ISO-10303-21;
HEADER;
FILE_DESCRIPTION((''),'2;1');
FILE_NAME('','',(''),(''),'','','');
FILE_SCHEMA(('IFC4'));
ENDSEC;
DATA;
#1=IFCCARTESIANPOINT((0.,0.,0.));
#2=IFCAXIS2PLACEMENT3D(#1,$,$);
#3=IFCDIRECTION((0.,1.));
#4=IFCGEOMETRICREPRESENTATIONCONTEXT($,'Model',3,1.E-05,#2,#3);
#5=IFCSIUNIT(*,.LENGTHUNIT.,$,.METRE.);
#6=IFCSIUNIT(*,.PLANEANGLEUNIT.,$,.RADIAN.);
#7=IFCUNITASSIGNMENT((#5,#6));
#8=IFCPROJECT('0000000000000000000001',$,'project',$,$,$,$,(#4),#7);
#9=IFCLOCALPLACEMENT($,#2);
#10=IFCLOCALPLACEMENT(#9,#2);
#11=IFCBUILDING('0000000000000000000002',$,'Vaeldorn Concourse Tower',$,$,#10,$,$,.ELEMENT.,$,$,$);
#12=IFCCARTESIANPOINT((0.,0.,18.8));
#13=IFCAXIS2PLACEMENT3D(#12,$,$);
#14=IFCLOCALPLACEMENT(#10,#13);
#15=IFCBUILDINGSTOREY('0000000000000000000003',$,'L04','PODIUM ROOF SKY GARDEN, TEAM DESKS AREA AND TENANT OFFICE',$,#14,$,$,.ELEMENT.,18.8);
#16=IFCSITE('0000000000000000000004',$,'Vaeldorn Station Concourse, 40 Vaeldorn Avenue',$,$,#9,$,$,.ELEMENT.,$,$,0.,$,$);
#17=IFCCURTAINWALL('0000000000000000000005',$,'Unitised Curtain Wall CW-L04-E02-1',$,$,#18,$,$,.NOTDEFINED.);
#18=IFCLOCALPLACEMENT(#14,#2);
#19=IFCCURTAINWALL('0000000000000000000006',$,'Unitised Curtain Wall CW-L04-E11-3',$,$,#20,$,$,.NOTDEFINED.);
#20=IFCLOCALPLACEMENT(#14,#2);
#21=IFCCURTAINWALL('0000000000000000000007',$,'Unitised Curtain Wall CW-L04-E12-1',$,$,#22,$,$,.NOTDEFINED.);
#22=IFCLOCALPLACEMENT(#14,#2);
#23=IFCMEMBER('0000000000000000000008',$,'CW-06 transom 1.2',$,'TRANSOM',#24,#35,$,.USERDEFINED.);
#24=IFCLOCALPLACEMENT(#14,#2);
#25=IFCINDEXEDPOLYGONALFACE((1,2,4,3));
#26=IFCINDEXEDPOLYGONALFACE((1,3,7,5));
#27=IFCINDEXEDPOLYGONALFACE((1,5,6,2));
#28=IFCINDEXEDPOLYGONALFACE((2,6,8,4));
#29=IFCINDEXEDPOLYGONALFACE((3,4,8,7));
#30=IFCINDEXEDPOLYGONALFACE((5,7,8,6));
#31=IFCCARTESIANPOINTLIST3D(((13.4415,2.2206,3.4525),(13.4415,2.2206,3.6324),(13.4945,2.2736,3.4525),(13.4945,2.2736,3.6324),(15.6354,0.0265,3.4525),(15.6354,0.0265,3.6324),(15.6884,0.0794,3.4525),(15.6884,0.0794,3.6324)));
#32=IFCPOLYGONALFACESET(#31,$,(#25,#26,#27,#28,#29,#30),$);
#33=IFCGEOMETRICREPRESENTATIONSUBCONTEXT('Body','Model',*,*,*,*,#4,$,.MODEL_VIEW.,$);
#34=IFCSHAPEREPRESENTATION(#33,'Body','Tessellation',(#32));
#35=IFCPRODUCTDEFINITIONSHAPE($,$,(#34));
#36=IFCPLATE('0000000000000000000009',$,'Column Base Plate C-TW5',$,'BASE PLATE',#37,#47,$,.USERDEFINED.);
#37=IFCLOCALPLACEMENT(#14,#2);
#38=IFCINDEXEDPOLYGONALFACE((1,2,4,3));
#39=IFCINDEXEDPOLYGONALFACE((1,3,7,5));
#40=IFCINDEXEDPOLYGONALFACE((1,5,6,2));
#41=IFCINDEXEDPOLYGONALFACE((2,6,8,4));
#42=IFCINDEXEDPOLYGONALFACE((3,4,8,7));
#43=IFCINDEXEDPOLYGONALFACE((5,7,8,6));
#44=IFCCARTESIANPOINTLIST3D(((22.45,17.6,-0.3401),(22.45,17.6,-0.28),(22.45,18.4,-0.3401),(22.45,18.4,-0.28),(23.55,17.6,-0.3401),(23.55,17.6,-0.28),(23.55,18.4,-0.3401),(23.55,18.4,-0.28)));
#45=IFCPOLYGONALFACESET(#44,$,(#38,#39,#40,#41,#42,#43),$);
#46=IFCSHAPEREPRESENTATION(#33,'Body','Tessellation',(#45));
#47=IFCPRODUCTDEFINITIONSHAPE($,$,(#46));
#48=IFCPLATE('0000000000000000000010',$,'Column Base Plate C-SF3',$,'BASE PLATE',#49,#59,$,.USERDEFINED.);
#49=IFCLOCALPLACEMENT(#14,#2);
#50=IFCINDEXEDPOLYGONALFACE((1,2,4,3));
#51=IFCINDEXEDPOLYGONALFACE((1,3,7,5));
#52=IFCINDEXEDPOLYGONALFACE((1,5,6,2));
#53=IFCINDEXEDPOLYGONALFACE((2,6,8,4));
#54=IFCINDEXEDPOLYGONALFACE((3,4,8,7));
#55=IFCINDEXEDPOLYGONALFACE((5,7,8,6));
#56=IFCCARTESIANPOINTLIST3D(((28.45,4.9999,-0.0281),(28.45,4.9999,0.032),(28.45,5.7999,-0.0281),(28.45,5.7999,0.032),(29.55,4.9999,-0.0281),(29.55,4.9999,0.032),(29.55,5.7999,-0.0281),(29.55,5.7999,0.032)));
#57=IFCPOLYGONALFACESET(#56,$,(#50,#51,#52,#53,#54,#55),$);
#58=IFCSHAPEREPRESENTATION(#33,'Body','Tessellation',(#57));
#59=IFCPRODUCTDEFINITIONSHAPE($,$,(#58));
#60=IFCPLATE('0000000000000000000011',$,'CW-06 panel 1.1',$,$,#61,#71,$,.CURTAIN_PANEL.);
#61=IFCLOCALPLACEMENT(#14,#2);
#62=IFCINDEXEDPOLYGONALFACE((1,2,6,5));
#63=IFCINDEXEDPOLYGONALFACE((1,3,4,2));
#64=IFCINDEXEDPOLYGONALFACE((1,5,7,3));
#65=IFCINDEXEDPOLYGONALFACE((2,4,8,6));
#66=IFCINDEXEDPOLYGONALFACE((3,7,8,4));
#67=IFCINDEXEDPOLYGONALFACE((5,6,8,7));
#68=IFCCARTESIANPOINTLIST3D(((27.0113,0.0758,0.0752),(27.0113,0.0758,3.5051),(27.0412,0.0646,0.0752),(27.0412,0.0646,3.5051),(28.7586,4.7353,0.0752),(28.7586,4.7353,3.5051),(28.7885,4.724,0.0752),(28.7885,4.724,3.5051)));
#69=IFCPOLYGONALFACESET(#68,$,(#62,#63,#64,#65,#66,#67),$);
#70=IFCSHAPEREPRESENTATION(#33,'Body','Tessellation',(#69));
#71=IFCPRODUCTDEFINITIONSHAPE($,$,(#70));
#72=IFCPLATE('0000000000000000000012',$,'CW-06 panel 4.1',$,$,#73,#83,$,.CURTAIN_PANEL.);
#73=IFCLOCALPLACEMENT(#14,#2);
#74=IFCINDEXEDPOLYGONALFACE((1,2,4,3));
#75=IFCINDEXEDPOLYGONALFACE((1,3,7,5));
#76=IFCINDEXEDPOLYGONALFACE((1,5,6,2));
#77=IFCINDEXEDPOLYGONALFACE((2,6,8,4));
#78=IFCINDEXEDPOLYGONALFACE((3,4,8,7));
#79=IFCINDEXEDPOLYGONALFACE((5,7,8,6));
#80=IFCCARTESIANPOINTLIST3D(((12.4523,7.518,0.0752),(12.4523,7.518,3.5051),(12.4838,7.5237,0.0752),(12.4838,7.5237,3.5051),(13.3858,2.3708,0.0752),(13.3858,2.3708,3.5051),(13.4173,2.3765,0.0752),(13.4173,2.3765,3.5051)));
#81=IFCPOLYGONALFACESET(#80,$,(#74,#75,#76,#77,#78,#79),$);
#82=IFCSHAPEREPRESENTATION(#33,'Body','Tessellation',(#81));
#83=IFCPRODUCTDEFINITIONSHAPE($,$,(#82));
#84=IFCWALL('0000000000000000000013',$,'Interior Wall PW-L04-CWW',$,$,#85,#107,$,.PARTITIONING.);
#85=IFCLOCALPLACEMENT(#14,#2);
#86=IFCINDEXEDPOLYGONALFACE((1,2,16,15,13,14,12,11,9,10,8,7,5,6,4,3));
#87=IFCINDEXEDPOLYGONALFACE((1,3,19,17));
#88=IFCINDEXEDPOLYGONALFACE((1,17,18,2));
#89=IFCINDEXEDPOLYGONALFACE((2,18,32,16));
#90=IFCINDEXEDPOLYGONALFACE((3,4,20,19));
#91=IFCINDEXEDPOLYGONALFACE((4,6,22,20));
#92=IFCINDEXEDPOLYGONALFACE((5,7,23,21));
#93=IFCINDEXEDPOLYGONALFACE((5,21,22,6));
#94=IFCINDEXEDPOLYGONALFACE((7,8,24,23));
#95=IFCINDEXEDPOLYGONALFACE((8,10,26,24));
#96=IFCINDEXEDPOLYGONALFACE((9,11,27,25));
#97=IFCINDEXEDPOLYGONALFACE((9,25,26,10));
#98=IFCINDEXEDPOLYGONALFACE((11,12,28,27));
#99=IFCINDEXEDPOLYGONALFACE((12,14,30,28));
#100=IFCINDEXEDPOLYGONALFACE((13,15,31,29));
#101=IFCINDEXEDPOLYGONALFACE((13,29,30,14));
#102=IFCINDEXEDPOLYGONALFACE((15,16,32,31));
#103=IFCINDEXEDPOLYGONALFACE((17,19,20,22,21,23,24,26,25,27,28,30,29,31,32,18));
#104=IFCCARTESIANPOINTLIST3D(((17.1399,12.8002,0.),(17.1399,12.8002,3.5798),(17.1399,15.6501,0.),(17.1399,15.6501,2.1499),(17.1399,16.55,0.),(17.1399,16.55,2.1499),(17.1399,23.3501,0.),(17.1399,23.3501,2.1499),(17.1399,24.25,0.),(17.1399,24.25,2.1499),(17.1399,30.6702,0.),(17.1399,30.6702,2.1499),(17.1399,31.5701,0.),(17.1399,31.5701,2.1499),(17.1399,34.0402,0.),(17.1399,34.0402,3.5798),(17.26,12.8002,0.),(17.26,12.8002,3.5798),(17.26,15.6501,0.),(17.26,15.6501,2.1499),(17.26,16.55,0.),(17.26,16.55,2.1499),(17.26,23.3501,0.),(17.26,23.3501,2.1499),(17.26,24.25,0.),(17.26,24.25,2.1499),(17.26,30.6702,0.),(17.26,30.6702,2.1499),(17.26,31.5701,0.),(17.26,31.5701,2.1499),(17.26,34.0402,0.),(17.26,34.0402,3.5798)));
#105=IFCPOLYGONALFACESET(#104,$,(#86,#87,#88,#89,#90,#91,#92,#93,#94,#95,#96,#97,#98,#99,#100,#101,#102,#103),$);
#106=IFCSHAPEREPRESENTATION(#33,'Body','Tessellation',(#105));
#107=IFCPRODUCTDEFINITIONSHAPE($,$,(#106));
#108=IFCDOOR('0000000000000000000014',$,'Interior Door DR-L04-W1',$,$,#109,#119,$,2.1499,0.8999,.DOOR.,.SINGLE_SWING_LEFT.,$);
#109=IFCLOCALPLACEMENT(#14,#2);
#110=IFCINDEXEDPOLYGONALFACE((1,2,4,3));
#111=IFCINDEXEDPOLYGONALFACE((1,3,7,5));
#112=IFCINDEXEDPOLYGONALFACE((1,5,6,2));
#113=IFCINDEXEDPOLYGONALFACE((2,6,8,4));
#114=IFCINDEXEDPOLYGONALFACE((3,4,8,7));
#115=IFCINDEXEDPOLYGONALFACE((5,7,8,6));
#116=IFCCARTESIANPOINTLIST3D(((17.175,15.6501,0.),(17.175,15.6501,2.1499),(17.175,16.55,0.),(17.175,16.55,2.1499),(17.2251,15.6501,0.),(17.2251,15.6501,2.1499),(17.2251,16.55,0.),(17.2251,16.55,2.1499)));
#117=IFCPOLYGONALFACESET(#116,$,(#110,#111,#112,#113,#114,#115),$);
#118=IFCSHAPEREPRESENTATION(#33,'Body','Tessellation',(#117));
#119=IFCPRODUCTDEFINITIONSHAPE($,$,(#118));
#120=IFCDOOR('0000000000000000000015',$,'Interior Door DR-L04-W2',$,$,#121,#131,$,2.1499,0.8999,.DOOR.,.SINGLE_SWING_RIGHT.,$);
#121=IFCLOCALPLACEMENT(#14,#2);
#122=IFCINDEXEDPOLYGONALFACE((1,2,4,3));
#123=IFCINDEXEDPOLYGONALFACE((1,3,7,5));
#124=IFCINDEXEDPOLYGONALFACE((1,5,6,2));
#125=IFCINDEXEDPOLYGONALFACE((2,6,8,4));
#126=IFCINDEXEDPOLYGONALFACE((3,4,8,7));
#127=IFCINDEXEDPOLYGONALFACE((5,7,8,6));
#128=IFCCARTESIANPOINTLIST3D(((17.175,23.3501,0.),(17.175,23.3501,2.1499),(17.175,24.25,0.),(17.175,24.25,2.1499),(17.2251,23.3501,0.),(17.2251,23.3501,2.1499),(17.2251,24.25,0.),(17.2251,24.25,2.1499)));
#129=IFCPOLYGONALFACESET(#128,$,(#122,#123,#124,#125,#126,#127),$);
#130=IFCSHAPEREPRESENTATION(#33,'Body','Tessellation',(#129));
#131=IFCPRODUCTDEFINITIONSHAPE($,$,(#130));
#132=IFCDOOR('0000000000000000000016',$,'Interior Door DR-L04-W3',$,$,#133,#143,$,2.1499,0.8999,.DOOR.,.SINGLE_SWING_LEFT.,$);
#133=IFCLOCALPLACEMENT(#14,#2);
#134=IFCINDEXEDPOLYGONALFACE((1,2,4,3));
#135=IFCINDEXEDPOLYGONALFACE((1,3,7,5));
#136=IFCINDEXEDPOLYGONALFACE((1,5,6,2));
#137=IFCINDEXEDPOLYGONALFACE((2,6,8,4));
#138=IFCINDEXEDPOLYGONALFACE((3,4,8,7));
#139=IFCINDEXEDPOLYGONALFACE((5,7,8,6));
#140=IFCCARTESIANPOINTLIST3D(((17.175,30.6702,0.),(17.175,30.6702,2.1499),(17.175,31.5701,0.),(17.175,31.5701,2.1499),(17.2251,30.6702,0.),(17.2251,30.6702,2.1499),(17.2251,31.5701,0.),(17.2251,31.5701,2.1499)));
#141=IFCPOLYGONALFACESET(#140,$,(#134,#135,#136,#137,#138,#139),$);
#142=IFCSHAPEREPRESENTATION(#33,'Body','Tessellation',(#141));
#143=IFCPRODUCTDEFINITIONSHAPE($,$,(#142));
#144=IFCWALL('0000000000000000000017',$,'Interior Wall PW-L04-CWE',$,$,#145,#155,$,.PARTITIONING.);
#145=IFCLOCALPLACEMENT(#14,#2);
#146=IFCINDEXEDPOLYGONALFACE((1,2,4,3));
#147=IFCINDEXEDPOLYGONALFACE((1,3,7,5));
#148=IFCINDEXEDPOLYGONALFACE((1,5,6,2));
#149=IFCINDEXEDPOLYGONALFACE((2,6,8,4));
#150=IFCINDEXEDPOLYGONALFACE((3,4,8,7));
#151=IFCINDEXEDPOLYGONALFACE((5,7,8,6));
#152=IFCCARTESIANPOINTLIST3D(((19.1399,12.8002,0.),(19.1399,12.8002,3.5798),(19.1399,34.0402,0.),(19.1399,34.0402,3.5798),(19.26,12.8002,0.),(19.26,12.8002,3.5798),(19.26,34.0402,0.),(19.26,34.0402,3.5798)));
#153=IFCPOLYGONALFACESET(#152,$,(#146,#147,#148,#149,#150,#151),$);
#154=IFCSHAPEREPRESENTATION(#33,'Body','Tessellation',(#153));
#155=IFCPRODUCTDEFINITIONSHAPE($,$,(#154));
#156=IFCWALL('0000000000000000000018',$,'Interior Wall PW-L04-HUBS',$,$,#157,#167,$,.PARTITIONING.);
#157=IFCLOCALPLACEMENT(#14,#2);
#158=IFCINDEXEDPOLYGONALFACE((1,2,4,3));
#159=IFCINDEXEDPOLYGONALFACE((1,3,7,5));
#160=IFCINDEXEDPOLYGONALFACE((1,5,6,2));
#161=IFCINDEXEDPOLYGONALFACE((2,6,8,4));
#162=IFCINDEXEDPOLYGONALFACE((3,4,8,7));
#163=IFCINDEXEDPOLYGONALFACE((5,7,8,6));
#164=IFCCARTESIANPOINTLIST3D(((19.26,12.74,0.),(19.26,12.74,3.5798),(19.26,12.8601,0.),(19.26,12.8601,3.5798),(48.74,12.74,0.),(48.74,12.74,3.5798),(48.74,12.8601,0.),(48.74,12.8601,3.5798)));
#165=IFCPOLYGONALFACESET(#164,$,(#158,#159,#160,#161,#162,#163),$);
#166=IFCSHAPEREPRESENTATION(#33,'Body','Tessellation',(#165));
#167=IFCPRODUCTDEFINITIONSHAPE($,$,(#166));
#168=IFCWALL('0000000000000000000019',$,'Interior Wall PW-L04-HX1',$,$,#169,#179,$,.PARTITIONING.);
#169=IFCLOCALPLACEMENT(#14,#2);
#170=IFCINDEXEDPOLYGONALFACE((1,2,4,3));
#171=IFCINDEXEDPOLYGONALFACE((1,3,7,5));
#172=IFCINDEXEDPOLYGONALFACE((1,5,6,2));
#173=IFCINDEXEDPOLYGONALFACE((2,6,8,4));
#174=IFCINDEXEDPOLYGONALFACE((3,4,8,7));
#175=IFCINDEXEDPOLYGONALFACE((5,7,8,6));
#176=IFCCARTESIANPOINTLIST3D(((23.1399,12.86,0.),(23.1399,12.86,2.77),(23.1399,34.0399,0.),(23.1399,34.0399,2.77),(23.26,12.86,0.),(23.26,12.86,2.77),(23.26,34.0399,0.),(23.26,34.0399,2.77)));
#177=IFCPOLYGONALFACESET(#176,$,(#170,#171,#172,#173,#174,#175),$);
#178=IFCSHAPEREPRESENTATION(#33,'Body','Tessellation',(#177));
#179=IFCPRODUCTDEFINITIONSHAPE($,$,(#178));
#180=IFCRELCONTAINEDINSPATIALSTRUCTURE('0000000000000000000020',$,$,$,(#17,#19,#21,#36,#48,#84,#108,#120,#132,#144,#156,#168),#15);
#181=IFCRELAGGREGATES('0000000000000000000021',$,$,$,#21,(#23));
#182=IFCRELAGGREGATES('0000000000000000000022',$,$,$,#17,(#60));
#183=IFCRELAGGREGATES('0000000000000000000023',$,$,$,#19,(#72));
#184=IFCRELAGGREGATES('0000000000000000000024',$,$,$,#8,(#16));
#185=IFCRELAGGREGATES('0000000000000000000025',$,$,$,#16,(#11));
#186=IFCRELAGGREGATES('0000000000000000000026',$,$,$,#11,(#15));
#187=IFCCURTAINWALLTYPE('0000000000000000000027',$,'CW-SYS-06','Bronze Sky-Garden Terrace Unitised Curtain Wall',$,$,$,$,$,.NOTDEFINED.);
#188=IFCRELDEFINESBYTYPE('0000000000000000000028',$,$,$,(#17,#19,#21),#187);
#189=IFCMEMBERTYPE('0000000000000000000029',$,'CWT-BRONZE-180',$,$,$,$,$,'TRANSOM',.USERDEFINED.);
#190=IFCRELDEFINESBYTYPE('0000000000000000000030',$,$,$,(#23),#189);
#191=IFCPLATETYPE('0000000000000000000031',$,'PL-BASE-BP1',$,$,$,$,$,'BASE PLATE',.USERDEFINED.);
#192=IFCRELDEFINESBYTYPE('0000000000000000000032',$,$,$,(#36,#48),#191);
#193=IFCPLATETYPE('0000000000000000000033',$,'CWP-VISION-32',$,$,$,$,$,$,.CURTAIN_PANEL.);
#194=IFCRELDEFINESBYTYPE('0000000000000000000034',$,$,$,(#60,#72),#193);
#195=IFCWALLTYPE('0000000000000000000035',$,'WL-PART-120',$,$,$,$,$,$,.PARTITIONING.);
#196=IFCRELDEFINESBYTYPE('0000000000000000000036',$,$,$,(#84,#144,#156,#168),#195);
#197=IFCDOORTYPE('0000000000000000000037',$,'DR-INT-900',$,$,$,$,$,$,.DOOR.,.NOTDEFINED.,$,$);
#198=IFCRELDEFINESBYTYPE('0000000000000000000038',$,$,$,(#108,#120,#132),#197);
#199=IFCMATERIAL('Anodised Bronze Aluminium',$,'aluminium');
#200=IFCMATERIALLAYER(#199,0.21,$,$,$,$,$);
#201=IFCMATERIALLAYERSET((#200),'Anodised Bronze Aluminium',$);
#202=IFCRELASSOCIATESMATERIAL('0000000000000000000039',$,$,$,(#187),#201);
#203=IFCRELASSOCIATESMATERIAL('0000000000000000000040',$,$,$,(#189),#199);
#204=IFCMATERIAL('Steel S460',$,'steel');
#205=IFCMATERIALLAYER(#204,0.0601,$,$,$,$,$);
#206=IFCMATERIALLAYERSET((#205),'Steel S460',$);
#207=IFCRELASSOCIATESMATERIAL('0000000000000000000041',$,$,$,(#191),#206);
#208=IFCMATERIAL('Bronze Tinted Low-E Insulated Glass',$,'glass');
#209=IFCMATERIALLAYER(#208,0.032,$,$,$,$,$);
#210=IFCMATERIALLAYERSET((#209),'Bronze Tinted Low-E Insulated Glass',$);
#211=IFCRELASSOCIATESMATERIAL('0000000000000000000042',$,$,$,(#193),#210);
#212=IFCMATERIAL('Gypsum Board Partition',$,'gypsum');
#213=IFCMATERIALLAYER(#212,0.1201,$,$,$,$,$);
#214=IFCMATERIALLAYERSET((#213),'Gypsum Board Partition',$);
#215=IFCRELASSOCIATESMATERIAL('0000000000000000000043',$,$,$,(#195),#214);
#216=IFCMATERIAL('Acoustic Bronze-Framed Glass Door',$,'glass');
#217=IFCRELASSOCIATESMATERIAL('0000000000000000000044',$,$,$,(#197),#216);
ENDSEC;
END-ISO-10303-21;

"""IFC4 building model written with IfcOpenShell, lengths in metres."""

from ifc_helpers import new_model, si_unit, direction, frame, frame_2d, origin, origin_2d, place, context, subcontext, project, spatial, rectangle, extrude, source, transform, mapped, material, layer, layer_set, material_profile, profile_set, type_object, element, fill, aggregate, save


model = new_model("IFC4")

# Units and contexts
model_context = context("Model", 3, precision=1e-05, world=origin(), true_north=direction((0.0, 1.0)))
body_context = subcontext(model_context, "Body", "Model", "MODEL_VIEW")
ifc_project = project(units=[si_unit("LENGTHUNIT", "METRE"), si_unit("PLANEANGLEUNIT", "RADIAN")], contexts=[model_context])

# Site, building, storey
site_placement = place(None, origin())
site = spatial("IfcSite", under=ifc_project, at=site_placement, Name="Vaeldorn Station Concourse, 40 Vaeldorn Avenue", CompositionType="ELEMENT", RefElevation=0.0)
building_placement = place(site_placement, origin())
building = spatial("IfcBuilding", under=site, at=building_placement, Name="Vaeldorn Concourse Tower", CompositionType="ELEMENT")
storey_placement = place(building_placement, frame((0.0, 0.0, 18.8)))
storey = spatial("IfcBuildingStorey", under=building, at=storey_placement, Name="L04", Description="PODIUM ROOF SKY GARDEN, TEAM DESKS AREA AND TENANT OFFICE", CompositionType="ELEMENT", Elevation=18.8)

# Shared definitions
ifc_material_1 = material(Name="Steel S460", Category="steel")

# Curtain walls
ifc_material_2 = material(Name="Anodised Bronze Aluminium", Category="aluminium")
ifc_layer_1 = layer(ifc_material_2, 0.21)
ifc_layer_set_1 = layer_set([ifc_layer_1], Name="Anodised Bronze Aluminium")
curtain_wall_type = type_object("IfcCurtainWallType", Name="CW-SYS-06", Description="Bronze Sky-Garden Terrace Unitised Curtain Wall", PredefinedType="NOTDEFINED", material=ifc_layer_set_1)
curtain_wall_1_placement = place(storey_placement, origin())
curtain_wall_1 = element("IfcCurtainWall", 1, at=curtain_wall_1_placement, inside=storey, type_object=curtain_wall_type, Name="Unitised Curtain Wall CW-L04-E02-1", PredefinedType="NOTDEFINED")
curtain_wall_2_placement = place(storey_placement, origin())
curtain_wall_2 = element("IfcCurtainWall", 2, at=curtain_wall_2_placement, inside=storey, type_object=curtain_wall_type, Name="Unitised Curtain Wall CW-L04-E11-3", PredefinedType="NOTDEFINED")
curtain_wall_3_placement = place(storey_placement, origin())
curtain_wall_3 = element("IfcCurtainWall", 3, at=curtain_wall_3_placement, inside=storey, type_object=curtain_wall_type, Name="Unitised Curtain Wall CW-L04-E12-1", PredefinedType="NOTDEFINED")

# Member
ifc_material_profile_1 = material_profile(ifc_material_2, rectangle(XDim=0.075, YDim=0.1799, at=origin_2d()), Name="CWT 75x180")
ifc_profile_set_1 = profile_set([ifc_material_profile_1], Name="Anodised Bronze Aluminium")
member_type_1 = type_object("IfcMemberType", Name="CWT-BRONZE-180", ElementType="TRANSOM", PredefinedType="USERDEFINED", material=ifc_profile_set_1)
shared_shape_1 = source(origin(), body_context, "Body", "SweptSolid", [
    extrude(rectangle(XDim=0.075, YDim=0.1799, at=origin_2d()), origin(), (0.0, 0.0, 1.0), 3.1028),
])
member_1_placement = place(storey_placement, frame((13.468, 2.2471, 3.5425), z_axis=(0.707067, -0.707146, 0.0), x_axis=(0.707146, 0.707067, 0.0)))
member_1 = element("IfcMember", 4, at=member_1_placement, type_object=member_type_1, Name="CW-06 transom 1.2", ObjectType="TRANSOM", PredefinedType="USERDEFINED", context=body_context, shape_type="MappedRepresentation", body=[
    mapped(shared_shape_1, transform((0.0, 0.0, 0.0), scale=1.0)),
])
aggregate(curtain_wall_3, [member_1])

# Plates
ifc_layer_2 = layer(ifc_material_1, 0.0601)
ifc_layer_set_2 = layer_set([ifc_layer_2], Name="Steel S460")
plate_type_1 = type_object("IfcPlateType", Name="PL-BASE-BP1", ElementType="BASE PLATE", PredefinedType="USERDEFINED", material=ifc_layer_set_2)
shared_shape_2 = source(origin(), body_context, "Body", "SweptSolid", [
    extrude(rectangle(XDim=1.1001, YDim=0.8, at=origin_2d()), origin(), (0.0, 0.0, 1.0), 0.0601),
])
for number, where, z_axis, x_axis, name in (
    (5, (23.0, 18.0, -0.3401), (0.0, 0.0, 1.0), (1.0, 0.0, 0.0), "Column Base Plate C-TW5"),
    (6, (29.0, 5.3999, -0.0281), (0.0, 0.0, 1.0), (1.0, 0.0, 0.0), "Column Base Plate C-SF3"),
):
    element("IfcPlate", number, at=place(storey_placement, frame(where, z_axis=z_axis, x_axis=x_axis)), inside=storey, type_object=plate_type_1, Name=name, ObjectType="BASE PLATE", PredefinedType="USERDEFINED", context=body_context, shape_type="MappedRepresentation", body=[
        mapped(shared_shape_2, transform((0.0, 0.0, 0.0), scale=1.0)),
    ])

# Plates
ifc_material_3 = material(Name="Bronze Tinted Low-E Insulated Glass", Category="glass")
ifc_layer_3 = layer(ifc_material_3, 0.032)
ifc_layer_set_3 = layer_set([ifc_layer_3], Name="Bronze Tinted Low-E Insulated Glass")
plate_type_2 = type_object("IfcPlateType", Name="CWP-VISION-32", PredefinedType="CURTAIN_PANEL", material=ifc_layer_set_3)
shared_shape_3 = source(origin(), body_context, "Body", "SweptSolid", [
    extrude(rectangle(XDim=4.9763, YDim=0.032, at=origin_2d()), origin(), (0.0, 0.0, 1.0), 3.4299),
])
plate_1_placement = place(storey_placement, frame((27.8999, 2.3999, 0.0752), z_axis=(0.0, 0.0, 1.0), x_axis=(0.351123, 0.936329, 0.0)))
plate_1 = element("IfcPlate", 7, at=plate_1_placement, type_object=plate_type_2, Name="CW-06 panel 1.1", PredefinedType="CURTAIN_PANEL", context=body_context, shape_type="MappedRepresentation", body=[
    mapped(shared_shape_3, transform((0.0, 0.0, 0.0), scale=1.0)),
])
aggregate(curtain_wall_1, [plate_1])
shared_shape_4 = source(origin(), body_context, "Body", "SweptSolid", [
    extrude(rectangle(XDim=5.2312, YDim=0.032, at=origin_2d()), origin(), (0.0, 0.0, 1.0), 3.4299),
])
plate_2_placement = place(storey_placement, frame((12.9348, 4.9473, 0.0752), z_axis=(0.0, 0.0, 1.0), x_axis=(0.178446, -0.98395, 0.0)))
plate_2 = element("IfcPlate", 8, at=plate_2_placement, type_object=plate_type_2, Name="CW-06 panel 4.1", PredefinedType="CURTAIN_PANEL", context=body_context, shape_type="MappedRepresentation", body=[
    mapped(shared_shape_4, transform((0.0, 0.0, 0.0), scale=1.0)),
])
aggregate(curtain_wall_2, [plate_2])

# Wall, openings, doors
ifc_material_4 = material(Name="Gypsum Board Partition", Category="gypsum")
ifc_layer_4 = layer(ifc_material_4, 0.1201)
ifc_layer_set_4 = layer_set([ifc_layer_4], Name="Gypsum Board Partition")
wall_type = type_object("IfcWallType", Name="WL-PART-120", PredefinedType="PARTITIONING", material=ifc_layer_set_4)
wall_1_placement = place(storey_placement, frame((17.2, 12.8, 0.0), z_axis=(0.0, 0.0, 1.0), x_axis=(0.0, 1.0, 0.0)))
wall_1 = element("IfcWall", 9, at=wall_1_placement, inside=storey, type_object=wall_type, Name="Interior Wall PW-L04-CWW", PredefinedType="PARTITIONING", context=body_context, shape_type="SweptSolid", body=[
    extrude(rectangle(XDim=21.24, YDim=0.1201, at=frame_2d((10.6201, 0.0))), origin(), (0.0, 0.0, 1.0), 3.5798),
])
opening_1_placement = place(wall_1_placement, frame((2.8501, 0.0, 0.0)))
opening_1 = element("IfcOpeningElement", 10, at=opening_1_placement, cuts=wall_1, PredefinedType="OPENING", context=body_context, shape_type="SweptSolid", body=[
    extrude(rectangle(XDim=0.8999, YDim=2.1499, at=frame_2d((0.45, 1.075))), frame((0.0, 0.0701, 0.0), z_axis=(0.0, -1.0, 0.0), x_axis=(1.0, 0.0, 0.0)), (0.0, 0.0, 1.0), 0.1401),
])
opening_2_placement = place(wall_1_placement, frame((10.55, 0.0, 0.0)))
opening_2 = element("IfcOpeningElement", 11, at=opening_2_placement, cuts=wall_1, PredefinedType="OPENING", context=body_context, shape_type="SweptSolid", body=[
    extrude(rectangle(XDim=0.8999, YDim=2.1499, at=frame_2d((0.45, 1.075))), frame((0.0, 0.0701, 0.0), z_axis=(0.0, -1.0, 0.0), x_axis=(1.0, 0.0, 0.0)), (0.0, 0.0, 1.0), 0.1401),
])
opening_3_placement = place(wall_1_placement, frame((17.8701, 0.0, 0.0)))
opening_3 = element("IfcOpeningElement", 12, at=opening_3_placement, cuts=wall_1, PredefinedType="OPENING", context=body_context, shape_type="SweptSolid", body=[
    extrude(rectangle(XDim=0.8999, YDim=2.1499, at=frame_2d((0.45, 1.075))), frame((0.0, 0.0701, 0.0), z_axis=(0.0, -1.0, 0.0), x_axis=(1.0, 0.0, 0.0)), (0.0, 0.0, 1.0), 0.1401),
])
ifc_material_5 = material(Name="Acoustic Bronze-Framed Glass Door", Category="glass")
door_type = type_object("IfcDoorType", Name="DR-INT-900", OperationType="NOTDEFINED", PredefinedType="DOOR", material=ifc_material_5)
shared_shape_5 = source(origin(), body_context, "Body", "SweptSolid", [
    extrude(rectangle(XDim=0.8999, YDim=2.1499, at=frame_2d((0.45, 1.075))), frame((0.0, 0.0249, 0.0), z_axis=(0.0, -1.0, 0.0), x_axis=(1.0, 0.0, 0.0)), (0.0, 0.0, 1.0), 0.05),
])
door_1_placement = place(opening_1_placement, origin())
door_1 = element("IfcDoor", 13, at=door_1_placement, inside=storey, type_object=door_type, Name="Interior Door DR-L04-W1", OperationType="SINGLE_SWING_LEFT", OverallHeight=2.1499, OverallWidth=0.8999, PredefinedType="DOOR", context=body_context, shape_type="MappedRepresentation", body=[
    mapped(shared_shape_5, transform((0.0, 0.0, 0.0), scale=1.0)),
])
fill(opening_1, door_1)
door_2_placement = place(opening_2_placement, origin())
door_2 = element("IfcDoor", 14, at=door_2_placement, inside=storey, type_object=door_type, Name="Interior Door DR-L04-W2", OperationType="SINGLE_SWING_RIGHT", OverallHeight=2.1499, OverallWidth=0.8999, PredefinedType="DOOR", context=body_context, shape_type="MappedRepresentation", body=[
    mapped(shared_shape_5, transform((0.0, 0.0, 0.0), scale=1.0)),
])
fill(opening_2, door_2)
door_3_placement = place(opening_3_placement, origin())
door_3 = element("IfcDoor", 15, at=door_3_placement, inside=storey, type_object=door_type, Name="Interior Door DR-L04-W3", OperationType="SINGLE_SWING_LEFT", OverallHeight=2.1499, OverallWidth=0.8999, PredefinedType="DOOR", context=body_context, shape_type="MappedRepresentation", body=[
    mapped(shared_shape_5, transform((0.0, 0.0, 0.0), scale=1.0)),
])
fill(opening_3, door_3)

# Wall
wall_2_placement = place(storey_placement, frame((19.2, 12.8, 0.0), z_axis=(0.0, 0.0, 1.0), x_axis=(0.0, 1.0, 0.0)))
element("IfcWall", 16, at=wall_2_placement, inside=storey, type_object=wall_type, Name="Interior Wall PW-L04-CWE", PredefinedType="PARTITIONING", context=body_context, shape_type="SweptSolid", body=[
    extrude(rectangle(XDim=21.24, YDim=0.1201, at=frame_2d((10.6201, 0.0))), origin(), (0.0, 0.0, 1.0), 3.5798),
])

# Walls
wall_3_placement = place(storey_placement, frame((19.26, 12.8, 0.0), z_axis=(0.0, 0.0, 1.0), x_axis=(1.0, 0.0, 0.0)))
element("IfcWall", 17, at=wall_3_placement, inside=storey, type_object=wall_type, Name="Interior Wall PW-L04-HUBS", PredefinedType="PARTITIONING", context=body_context, shape_type="SweptSolid", body=[
    extrude(rectangle(XDim=29.48, YDim=0.1201, at=frame_2d((14.74, 0.0))), origin(), (0.0, 0.0, 1.0), 3.5798),
])
wall_4_placement = place(storey_placement, frame((23.2, 12.8601, 0.0), z_axis=(0.0, 0.0, 1.0), x_axis=(0.0, 1.0, 0.0)))
element("IfcWall", 18, at=wall_4_placement, inside=storey, type_object=wall_type, Name="Interior Wall PW-L04-HX1", PredefinedType="PARTITIONING", context=body_context, shape_type="SweptSolid", body=[
    extrude(rectangle(XDim=21.1799, YDim=0.1201, at=frame_2d((10.5898, 0.0))), origin(), (0.0, 0.0, 1.0), 2.77),
])

save(model, "model.ifc")
